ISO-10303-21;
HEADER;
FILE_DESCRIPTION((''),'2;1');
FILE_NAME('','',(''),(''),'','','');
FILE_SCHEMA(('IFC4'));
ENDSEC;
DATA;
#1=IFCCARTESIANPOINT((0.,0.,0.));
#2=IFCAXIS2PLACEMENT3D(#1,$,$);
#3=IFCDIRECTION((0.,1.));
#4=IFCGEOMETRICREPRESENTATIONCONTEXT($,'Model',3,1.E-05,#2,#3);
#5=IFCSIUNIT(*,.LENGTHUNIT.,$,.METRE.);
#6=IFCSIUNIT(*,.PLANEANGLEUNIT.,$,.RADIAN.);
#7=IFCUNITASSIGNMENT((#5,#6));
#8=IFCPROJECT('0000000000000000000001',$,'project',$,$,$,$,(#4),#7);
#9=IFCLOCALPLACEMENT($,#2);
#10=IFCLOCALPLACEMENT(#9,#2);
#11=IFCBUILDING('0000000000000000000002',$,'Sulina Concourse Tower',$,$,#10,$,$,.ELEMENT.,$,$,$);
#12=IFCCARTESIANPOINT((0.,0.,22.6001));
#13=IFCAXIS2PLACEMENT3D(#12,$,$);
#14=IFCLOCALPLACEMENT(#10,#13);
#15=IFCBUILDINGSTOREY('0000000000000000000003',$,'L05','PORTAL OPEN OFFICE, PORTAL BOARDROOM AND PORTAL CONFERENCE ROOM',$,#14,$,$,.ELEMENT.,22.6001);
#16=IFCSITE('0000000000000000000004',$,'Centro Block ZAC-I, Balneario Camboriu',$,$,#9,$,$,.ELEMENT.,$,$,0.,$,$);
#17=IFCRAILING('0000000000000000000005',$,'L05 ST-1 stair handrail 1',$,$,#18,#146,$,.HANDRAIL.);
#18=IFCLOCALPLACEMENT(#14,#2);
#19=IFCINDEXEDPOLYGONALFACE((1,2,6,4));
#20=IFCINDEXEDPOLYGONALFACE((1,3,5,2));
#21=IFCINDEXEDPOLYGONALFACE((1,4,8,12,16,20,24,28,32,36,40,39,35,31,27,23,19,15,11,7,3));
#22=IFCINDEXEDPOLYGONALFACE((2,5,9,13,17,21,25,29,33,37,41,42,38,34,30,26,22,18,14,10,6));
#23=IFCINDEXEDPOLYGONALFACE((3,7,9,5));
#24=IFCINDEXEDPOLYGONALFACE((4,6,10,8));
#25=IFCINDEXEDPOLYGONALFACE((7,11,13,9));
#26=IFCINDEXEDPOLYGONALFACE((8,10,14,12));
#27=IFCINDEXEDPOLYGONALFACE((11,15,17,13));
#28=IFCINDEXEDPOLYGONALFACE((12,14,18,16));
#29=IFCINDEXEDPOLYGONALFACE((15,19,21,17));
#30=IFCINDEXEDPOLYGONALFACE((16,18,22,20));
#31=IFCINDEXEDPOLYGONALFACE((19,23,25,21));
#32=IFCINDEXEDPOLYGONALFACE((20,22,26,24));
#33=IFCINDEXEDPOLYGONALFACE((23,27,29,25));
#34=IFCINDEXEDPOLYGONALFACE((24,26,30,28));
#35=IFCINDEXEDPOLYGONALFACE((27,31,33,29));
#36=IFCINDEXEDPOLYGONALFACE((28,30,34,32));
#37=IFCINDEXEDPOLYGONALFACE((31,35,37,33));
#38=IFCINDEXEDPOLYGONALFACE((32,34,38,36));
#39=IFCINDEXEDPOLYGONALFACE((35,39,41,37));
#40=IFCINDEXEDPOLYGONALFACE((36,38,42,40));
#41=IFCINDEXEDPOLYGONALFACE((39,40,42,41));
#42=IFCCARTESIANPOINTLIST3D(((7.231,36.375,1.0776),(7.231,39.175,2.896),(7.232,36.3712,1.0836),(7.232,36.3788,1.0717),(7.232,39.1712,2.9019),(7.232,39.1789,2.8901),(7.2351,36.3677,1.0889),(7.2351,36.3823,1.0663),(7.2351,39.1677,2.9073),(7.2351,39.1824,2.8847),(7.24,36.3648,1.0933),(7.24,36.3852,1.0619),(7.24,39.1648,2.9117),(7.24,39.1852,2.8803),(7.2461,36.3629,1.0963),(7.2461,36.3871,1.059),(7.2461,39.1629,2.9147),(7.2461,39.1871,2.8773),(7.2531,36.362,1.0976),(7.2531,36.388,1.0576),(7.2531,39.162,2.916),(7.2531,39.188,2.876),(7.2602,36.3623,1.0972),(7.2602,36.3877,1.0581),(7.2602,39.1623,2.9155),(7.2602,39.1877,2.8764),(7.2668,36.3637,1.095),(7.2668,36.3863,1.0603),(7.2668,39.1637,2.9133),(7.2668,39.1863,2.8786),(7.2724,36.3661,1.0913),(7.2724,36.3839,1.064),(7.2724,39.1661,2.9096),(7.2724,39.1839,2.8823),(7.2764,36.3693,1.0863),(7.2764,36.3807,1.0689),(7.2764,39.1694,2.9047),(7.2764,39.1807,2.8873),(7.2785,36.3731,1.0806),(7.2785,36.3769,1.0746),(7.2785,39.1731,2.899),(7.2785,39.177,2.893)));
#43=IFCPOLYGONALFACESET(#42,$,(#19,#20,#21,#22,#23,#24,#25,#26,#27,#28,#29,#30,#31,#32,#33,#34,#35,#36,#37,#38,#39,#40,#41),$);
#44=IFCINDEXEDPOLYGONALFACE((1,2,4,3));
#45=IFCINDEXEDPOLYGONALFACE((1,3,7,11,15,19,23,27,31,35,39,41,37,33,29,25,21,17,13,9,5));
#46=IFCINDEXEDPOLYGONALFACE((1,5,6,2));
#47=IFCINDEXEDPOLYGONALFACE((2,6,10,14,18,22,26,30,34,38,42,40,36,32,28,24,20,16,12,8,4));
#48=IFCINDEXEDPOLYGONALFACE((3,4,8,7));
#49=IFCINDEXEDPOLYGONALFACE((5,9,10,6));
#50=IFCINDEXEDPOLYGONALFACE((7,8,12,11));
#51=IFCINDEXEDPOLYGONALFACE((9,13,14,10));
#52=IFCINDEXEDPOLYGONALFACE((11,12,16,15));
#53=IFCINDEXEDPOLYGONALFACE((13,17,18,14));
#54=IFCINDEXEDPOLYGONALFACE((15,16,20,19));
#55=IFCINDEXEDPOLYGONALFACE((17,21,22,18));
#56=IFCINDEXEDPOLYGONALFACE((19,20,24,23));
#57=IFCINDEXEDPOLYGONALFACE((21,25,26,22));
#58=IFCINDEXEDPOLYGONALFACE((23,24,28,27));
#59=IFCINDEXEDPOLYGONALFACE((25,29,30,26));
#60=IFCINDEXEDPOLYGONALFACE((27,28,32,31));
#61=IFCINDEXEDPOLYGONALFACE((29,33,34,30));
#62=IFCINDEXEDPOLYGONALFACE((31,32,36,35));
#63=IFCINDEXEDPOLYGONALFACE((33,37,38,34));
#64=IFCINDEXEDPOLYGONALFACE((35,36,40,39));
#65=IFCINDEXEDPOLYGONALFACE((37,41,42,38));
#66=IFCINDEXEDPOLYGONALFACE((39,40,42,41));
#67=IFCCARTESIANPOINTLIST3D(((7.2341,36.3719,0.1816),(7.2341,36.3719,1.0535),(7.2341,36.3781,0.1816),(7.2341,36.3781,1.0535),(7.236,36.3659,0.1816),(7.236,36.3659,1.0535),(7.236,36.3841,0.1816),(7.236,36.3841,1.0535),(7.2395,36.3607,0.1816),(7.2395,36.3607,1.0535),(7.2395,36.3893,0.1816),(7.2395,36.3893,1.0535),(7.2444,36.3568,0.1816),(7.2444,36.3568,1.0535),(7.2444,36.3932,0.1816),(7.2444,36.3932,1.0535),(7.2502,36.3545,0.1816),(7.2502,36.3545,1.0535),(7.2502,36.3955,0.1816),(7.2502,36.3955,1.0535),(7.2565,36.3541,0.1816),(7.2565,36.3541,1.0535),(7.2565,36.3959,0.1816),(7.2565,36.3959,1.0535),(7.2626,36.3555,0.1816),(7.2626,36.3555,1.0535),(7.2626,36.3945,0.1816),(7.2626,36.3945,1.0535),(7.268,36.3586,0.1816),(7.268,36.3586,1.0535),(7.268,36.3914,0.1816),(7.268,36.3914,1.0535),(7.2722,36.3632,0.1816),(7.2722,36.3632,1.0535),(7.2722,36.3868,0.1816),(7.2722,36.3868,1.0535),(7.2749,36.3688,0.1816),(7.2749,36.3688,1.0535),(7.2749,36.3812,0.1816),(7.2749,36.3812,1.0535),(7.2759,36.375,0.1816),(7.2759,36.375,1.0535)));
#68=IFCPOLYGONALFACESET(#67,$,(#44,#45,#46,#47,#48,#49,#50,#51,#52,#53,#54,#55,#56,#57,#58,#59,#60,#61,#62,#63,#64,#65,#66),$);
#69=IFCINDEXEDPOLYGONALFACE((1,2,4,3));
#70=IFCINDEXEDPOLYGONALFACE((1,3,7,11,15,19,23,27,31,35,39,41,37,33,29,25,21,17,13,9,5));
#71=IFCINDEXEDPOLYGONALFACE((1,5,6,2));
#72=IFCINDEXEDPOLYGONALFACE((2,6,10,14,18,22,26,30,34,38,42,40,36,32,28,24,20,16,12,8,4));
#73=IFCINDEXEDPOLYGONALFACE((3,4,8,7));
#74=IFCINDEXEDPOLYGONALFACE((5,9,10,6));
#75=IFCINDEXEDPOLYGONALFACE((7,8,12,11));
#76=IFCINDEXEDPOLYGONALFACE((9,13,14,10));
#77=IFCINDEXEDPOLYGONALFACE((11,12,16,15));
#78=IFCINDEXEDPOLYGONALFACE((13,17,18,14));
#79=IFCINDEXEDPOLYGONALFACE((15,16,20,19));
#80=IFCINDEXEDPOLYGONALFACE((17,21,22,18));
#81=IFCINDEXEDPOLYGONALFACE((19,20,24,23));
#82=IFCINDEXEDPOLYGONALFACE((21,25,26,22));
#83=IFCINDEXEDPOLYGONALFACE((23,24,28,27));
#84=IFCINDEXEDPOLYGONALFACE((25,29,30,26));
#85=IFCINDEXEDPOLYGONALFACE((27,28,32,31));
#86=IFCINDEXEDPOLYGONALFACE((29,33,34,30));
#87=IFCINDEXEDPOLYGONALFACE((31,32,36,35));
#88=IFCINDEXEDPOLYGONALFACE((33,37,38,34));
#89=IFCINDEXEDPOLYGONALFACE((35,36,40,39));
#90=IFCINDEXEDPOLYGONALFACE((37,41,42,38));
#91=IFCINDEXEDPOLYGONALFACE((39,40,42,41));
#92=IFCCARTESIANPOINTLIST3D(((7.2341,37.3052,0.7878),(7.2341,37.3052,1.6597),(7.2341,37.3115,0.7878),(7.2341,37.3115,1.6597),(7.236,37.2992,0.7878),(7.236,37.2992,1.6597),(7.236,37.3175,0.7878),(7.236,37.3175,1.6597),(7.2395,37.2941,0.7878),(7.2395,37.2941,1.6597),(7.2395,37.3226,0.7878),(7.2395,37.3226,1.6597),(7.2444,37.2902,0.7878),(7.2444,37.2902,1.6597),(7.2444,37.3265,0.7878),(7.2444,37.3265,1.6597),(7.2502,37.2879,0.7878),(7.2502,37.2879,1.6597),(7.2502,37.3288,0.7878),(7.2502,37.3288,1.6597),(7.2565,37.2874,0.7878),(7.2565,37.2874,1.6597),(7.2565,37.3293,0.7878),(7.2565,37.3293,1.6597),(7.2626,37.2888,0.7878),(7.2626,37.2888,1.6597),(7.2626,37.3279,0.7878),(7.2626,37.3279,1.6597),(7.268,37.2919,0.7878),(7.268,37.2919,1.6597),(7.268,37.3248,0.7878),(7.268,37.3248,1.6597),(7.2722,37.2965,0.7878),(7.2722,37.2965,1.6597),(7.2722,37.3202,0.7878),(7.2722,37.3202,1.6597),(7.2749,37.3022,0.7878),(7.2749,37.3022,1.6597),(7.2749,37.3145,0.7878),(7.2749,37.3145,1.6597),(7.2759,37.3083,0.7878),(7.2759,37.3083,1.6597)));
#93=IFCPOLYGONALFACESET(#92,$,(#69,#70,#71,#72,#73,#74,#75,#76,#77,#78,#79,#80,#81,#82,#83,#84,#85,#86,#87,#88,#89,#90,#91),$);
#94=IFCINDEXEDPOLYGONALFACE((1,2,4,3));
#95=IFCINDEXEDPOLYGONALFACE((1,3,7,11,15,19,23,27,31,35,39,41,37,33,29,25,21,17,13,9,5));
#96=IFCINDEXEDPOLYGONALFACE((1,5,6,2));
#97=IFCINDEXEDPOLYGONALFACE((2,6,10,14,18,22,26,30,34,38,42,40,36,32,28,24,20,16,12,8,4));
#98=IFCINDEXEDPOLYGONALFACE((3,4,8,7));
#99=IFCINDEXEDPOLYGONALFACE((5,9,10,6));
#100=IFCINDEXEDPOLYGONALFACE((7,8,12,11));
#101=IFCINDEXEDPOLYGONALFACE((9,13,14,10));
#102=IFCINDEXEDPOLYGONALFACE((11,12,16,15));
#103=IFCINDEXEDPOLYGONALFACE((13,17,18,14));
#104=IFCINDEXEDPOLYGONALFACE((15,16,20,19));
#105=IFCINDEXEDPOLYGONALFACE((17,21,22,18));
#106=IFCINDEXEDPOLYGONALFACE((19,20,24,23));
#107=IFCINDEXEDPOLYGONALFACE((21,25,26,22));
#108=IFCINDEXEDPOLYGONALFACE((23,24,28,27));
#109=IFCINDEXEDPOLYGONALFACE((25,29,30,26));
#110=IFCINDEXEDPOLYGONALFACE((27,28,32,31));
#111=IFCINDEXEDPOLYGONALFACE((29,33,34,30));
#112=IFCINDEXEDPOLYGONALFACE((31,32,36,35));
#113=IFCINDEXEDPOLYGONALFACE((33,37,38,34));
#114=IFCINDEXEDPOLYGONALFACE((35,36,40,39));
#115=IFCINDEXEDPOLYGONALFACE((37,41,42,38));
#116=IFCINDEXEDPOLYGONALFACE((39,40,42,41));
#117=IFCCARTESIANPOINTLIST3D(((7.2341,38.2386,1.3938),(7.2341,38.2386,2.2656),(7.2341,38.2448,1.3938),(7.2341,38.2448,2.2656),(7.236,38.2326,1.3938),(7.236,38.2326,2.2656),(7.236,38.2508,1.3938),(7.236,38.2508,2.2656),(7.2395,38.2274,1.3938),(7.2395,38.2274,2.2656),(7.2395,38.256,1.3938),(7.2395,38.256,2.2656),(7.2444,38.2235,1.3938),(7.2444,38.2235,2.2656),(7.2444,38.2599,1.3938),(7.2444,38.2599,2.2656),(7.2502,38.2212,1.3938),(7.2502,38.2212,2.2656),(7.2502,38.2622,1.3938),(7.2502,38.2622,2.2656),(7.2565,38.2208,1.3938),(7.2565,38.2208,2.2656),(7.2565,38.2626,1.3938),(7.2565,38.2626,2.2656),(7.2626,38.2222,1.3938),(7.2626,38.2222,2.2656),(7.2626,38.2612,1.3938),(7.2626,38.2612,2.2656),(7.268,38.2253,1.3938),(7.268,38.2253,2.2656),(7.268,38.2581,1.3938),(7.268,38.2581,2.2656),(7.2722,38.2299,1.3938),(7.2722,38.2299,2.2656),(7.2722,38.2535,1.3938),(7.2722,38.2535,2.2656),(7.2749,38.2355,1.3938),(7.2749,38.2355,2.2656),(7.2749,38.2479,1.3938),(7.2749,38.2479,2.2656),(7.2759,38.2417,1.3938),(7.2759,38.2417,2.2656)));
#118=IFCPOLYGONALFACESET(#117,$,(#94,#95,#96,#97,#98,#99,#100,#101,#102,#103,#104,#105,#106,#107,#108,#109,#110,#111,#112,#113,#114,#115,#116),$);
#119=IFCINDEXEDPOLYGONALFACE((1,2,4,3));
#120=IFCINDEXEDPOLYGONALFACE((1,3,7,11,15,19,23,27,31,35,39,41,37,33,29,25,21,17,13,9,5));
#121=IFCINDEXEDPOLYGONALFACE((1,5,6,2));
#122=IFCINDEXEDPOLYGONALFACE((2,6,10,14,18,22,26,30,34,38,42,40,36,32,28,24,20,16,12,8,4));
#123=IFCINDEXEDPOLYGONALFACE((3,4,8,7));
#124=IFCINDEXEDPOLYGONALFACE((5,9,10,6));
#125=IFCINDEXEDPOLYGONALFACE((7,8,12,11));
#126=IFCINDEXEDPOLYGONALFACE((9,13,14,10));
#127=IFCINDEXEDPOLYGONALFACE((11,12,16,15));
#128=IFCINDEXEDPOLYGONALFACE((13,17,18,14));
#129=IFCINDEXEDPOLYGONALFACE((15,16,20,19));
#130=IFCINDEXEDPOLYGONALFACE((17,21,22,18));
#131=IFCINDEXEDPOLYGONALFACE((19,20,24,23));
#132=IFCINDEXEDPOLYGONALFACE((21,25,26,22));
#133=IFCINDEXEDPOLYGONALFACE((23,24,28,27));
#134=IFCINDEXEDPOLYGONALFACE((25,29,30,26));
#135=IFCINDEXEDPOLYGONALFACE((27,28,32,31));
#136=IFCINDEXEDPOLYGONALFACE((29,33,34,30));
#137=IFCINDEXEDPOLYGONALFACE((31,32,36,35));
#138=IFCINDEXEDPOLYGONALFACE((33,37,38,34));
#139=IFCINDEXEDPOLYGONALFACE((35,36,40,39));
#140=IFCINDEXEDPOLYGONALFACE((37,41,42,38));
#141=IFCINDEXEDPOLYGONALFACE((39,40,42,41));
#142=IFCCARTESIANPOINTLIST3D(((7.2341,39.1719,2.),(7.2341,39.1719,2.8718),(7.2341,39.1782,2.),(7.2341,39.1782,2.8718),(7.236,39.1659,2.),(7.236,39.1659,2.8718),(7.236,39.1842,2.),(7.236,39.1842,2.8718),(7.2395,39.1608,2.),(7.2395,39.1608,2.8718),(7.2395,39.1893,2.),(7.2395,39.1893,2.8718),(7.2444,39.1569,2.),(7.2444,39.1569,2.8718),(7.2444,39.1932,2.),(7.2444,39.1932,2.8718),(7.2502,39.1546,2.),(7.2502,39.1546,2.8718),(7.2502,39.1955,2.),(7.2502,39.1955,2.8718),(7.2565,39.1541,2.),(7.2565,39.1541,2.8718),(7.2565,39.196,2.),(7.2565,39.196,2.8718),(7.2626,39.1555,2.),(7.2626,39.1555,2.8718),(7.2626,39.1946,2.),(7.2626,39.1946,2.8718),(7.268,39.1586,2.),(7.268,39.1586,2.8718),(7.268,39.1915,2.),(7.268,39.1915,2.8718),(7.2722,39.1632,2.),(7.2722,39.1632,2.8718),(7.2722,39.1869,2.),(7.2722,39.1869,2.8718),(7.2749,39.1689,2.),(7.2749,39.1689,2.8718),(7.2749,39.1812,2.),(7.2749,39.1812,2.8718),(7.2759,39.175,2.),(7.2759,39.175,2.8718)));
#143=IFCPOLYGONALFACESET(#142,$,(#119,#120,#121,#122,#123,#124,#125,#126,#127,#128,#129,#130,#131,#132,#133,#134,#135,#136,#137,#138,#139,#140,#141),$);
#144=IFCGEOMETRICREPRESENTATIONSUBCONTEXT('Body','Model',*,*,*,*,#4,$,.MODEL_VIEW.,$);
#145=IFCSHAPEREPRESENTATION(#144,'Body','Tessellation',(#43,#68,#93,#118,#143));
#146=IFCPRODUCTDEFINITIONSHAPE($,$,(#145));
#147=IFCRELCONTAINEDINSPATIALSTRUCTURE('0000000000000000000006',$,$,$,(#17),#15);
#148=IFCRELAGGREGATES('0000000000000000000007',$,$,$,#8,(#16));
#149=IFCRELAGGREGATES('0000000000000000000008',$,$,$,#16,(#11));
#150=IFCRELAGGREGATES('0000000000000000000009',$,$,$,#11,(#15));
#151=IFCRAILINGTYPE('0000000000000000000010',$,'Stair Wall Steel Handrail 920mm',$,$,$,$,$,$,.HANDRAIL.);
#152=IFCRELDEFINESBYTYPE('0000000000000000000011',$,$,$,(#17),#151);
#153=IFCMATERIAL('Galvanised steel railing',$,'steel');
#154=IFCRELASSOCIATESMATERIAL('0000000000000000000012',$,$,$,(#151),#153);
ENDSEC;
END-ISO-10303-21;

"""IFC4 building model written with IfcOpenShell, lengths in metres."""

from ifc_helpers import new_model, si_unit, direction, frame, origin, origin_2d, place, context, subcontext, project, spatial, circle, extrude, material, type_object, element, save


model = new_model("IFC4")

# Units and contexts
model_context = context("Model", 3, precision=1e-05, world=origin(), true_north=direction((0.0, 1.0)))
body_context = subcontext(model_context, "Body", "Model", "MODEL_VIEW")
ifc_project = project(units=[si_unit("LENGTHUNIT", "METRE"), si_unit("PLANEANGLEUNIT", "RADIAN")], contexts=[model_context])

# Site, building, storey
site_placement = place(None, origin())
site = spatial("IfcSite", under=ifc_project, at=site_placement, Name="Centro Block ZAC-I, Balneario Camboriu", CompositionType="ELEMENT", RefElevation=0.0)
building_placement = place(site_placement, origin())
building = spatial("IfcBuilding", under=site, at=building_placement, Name="Sulina Concourse Tower", CompositionType="ELEMENT")
storey_placement = place(building_placement, frame((0.0, 0.0, 22.6001)))
storey = spatial("IfcBuildingStorey", under=building, at=storey_placement, Name="L05", Description="PORTAL OPEN OFFICE, PORTAL BOARDROOM AND PORTAL CONFERENCE ROOM", CompositionType="ELEMENT", Elevation=22.6001)

# Railing
ifc_material_1 = material(Name="Galvanised steel railing", Category="steel")
railing_type_1 = type_object("IfcRailingType", Name="Stair Wall Steel Handrail 920mm", PredefinedType="HANDRAIL", material=ifc_material_1)
railing_1_placement = place(storey_placement, frame((7.2549, 36.375, 0.1816)))
element("IfcRailing", 1, at=railing_1_placement, inside=storey, type_object=railing_type_1, Name="L05 ST-1 stair handrail 1", PredefinedType="HANDRAIL", context=body_context, shape_type="SweptSolid", body=[
    extrude(circle(Radius=0.0239, at=origin_2d()), frame((0.0, 0.0, 0.896), z_axis=(0.0, 0.838672, 0.544636), x_axis=(-1.0, 0.0, 0.0)), (0.0, 0.0, 1.0), 3.3386),
    extrude(circle(Radius=0.021, at=origin_2d()), origin(), (0.0, 0.0, 1.0), 0.8718),
    extrude(circle(Radius=0.021, at=origin_2d()), frame((0.0, 0.9333, 0.6062)), (0.0, 0.0, 1.0), 0.8718),
    extrude(circle(Radius=0.021, at=origin_2d()), frame((0.0, 1.8667, 1.2122)), (0.0, 0.0, 1.0), 0.8718),
    extrude(circle(Radius=0.021, at=origin_2d()), frame((0.0, 2.8, 1.8184)), (0.0, 0.0, 1.0), 0.8718),
])

save(model, "model.ifc")
